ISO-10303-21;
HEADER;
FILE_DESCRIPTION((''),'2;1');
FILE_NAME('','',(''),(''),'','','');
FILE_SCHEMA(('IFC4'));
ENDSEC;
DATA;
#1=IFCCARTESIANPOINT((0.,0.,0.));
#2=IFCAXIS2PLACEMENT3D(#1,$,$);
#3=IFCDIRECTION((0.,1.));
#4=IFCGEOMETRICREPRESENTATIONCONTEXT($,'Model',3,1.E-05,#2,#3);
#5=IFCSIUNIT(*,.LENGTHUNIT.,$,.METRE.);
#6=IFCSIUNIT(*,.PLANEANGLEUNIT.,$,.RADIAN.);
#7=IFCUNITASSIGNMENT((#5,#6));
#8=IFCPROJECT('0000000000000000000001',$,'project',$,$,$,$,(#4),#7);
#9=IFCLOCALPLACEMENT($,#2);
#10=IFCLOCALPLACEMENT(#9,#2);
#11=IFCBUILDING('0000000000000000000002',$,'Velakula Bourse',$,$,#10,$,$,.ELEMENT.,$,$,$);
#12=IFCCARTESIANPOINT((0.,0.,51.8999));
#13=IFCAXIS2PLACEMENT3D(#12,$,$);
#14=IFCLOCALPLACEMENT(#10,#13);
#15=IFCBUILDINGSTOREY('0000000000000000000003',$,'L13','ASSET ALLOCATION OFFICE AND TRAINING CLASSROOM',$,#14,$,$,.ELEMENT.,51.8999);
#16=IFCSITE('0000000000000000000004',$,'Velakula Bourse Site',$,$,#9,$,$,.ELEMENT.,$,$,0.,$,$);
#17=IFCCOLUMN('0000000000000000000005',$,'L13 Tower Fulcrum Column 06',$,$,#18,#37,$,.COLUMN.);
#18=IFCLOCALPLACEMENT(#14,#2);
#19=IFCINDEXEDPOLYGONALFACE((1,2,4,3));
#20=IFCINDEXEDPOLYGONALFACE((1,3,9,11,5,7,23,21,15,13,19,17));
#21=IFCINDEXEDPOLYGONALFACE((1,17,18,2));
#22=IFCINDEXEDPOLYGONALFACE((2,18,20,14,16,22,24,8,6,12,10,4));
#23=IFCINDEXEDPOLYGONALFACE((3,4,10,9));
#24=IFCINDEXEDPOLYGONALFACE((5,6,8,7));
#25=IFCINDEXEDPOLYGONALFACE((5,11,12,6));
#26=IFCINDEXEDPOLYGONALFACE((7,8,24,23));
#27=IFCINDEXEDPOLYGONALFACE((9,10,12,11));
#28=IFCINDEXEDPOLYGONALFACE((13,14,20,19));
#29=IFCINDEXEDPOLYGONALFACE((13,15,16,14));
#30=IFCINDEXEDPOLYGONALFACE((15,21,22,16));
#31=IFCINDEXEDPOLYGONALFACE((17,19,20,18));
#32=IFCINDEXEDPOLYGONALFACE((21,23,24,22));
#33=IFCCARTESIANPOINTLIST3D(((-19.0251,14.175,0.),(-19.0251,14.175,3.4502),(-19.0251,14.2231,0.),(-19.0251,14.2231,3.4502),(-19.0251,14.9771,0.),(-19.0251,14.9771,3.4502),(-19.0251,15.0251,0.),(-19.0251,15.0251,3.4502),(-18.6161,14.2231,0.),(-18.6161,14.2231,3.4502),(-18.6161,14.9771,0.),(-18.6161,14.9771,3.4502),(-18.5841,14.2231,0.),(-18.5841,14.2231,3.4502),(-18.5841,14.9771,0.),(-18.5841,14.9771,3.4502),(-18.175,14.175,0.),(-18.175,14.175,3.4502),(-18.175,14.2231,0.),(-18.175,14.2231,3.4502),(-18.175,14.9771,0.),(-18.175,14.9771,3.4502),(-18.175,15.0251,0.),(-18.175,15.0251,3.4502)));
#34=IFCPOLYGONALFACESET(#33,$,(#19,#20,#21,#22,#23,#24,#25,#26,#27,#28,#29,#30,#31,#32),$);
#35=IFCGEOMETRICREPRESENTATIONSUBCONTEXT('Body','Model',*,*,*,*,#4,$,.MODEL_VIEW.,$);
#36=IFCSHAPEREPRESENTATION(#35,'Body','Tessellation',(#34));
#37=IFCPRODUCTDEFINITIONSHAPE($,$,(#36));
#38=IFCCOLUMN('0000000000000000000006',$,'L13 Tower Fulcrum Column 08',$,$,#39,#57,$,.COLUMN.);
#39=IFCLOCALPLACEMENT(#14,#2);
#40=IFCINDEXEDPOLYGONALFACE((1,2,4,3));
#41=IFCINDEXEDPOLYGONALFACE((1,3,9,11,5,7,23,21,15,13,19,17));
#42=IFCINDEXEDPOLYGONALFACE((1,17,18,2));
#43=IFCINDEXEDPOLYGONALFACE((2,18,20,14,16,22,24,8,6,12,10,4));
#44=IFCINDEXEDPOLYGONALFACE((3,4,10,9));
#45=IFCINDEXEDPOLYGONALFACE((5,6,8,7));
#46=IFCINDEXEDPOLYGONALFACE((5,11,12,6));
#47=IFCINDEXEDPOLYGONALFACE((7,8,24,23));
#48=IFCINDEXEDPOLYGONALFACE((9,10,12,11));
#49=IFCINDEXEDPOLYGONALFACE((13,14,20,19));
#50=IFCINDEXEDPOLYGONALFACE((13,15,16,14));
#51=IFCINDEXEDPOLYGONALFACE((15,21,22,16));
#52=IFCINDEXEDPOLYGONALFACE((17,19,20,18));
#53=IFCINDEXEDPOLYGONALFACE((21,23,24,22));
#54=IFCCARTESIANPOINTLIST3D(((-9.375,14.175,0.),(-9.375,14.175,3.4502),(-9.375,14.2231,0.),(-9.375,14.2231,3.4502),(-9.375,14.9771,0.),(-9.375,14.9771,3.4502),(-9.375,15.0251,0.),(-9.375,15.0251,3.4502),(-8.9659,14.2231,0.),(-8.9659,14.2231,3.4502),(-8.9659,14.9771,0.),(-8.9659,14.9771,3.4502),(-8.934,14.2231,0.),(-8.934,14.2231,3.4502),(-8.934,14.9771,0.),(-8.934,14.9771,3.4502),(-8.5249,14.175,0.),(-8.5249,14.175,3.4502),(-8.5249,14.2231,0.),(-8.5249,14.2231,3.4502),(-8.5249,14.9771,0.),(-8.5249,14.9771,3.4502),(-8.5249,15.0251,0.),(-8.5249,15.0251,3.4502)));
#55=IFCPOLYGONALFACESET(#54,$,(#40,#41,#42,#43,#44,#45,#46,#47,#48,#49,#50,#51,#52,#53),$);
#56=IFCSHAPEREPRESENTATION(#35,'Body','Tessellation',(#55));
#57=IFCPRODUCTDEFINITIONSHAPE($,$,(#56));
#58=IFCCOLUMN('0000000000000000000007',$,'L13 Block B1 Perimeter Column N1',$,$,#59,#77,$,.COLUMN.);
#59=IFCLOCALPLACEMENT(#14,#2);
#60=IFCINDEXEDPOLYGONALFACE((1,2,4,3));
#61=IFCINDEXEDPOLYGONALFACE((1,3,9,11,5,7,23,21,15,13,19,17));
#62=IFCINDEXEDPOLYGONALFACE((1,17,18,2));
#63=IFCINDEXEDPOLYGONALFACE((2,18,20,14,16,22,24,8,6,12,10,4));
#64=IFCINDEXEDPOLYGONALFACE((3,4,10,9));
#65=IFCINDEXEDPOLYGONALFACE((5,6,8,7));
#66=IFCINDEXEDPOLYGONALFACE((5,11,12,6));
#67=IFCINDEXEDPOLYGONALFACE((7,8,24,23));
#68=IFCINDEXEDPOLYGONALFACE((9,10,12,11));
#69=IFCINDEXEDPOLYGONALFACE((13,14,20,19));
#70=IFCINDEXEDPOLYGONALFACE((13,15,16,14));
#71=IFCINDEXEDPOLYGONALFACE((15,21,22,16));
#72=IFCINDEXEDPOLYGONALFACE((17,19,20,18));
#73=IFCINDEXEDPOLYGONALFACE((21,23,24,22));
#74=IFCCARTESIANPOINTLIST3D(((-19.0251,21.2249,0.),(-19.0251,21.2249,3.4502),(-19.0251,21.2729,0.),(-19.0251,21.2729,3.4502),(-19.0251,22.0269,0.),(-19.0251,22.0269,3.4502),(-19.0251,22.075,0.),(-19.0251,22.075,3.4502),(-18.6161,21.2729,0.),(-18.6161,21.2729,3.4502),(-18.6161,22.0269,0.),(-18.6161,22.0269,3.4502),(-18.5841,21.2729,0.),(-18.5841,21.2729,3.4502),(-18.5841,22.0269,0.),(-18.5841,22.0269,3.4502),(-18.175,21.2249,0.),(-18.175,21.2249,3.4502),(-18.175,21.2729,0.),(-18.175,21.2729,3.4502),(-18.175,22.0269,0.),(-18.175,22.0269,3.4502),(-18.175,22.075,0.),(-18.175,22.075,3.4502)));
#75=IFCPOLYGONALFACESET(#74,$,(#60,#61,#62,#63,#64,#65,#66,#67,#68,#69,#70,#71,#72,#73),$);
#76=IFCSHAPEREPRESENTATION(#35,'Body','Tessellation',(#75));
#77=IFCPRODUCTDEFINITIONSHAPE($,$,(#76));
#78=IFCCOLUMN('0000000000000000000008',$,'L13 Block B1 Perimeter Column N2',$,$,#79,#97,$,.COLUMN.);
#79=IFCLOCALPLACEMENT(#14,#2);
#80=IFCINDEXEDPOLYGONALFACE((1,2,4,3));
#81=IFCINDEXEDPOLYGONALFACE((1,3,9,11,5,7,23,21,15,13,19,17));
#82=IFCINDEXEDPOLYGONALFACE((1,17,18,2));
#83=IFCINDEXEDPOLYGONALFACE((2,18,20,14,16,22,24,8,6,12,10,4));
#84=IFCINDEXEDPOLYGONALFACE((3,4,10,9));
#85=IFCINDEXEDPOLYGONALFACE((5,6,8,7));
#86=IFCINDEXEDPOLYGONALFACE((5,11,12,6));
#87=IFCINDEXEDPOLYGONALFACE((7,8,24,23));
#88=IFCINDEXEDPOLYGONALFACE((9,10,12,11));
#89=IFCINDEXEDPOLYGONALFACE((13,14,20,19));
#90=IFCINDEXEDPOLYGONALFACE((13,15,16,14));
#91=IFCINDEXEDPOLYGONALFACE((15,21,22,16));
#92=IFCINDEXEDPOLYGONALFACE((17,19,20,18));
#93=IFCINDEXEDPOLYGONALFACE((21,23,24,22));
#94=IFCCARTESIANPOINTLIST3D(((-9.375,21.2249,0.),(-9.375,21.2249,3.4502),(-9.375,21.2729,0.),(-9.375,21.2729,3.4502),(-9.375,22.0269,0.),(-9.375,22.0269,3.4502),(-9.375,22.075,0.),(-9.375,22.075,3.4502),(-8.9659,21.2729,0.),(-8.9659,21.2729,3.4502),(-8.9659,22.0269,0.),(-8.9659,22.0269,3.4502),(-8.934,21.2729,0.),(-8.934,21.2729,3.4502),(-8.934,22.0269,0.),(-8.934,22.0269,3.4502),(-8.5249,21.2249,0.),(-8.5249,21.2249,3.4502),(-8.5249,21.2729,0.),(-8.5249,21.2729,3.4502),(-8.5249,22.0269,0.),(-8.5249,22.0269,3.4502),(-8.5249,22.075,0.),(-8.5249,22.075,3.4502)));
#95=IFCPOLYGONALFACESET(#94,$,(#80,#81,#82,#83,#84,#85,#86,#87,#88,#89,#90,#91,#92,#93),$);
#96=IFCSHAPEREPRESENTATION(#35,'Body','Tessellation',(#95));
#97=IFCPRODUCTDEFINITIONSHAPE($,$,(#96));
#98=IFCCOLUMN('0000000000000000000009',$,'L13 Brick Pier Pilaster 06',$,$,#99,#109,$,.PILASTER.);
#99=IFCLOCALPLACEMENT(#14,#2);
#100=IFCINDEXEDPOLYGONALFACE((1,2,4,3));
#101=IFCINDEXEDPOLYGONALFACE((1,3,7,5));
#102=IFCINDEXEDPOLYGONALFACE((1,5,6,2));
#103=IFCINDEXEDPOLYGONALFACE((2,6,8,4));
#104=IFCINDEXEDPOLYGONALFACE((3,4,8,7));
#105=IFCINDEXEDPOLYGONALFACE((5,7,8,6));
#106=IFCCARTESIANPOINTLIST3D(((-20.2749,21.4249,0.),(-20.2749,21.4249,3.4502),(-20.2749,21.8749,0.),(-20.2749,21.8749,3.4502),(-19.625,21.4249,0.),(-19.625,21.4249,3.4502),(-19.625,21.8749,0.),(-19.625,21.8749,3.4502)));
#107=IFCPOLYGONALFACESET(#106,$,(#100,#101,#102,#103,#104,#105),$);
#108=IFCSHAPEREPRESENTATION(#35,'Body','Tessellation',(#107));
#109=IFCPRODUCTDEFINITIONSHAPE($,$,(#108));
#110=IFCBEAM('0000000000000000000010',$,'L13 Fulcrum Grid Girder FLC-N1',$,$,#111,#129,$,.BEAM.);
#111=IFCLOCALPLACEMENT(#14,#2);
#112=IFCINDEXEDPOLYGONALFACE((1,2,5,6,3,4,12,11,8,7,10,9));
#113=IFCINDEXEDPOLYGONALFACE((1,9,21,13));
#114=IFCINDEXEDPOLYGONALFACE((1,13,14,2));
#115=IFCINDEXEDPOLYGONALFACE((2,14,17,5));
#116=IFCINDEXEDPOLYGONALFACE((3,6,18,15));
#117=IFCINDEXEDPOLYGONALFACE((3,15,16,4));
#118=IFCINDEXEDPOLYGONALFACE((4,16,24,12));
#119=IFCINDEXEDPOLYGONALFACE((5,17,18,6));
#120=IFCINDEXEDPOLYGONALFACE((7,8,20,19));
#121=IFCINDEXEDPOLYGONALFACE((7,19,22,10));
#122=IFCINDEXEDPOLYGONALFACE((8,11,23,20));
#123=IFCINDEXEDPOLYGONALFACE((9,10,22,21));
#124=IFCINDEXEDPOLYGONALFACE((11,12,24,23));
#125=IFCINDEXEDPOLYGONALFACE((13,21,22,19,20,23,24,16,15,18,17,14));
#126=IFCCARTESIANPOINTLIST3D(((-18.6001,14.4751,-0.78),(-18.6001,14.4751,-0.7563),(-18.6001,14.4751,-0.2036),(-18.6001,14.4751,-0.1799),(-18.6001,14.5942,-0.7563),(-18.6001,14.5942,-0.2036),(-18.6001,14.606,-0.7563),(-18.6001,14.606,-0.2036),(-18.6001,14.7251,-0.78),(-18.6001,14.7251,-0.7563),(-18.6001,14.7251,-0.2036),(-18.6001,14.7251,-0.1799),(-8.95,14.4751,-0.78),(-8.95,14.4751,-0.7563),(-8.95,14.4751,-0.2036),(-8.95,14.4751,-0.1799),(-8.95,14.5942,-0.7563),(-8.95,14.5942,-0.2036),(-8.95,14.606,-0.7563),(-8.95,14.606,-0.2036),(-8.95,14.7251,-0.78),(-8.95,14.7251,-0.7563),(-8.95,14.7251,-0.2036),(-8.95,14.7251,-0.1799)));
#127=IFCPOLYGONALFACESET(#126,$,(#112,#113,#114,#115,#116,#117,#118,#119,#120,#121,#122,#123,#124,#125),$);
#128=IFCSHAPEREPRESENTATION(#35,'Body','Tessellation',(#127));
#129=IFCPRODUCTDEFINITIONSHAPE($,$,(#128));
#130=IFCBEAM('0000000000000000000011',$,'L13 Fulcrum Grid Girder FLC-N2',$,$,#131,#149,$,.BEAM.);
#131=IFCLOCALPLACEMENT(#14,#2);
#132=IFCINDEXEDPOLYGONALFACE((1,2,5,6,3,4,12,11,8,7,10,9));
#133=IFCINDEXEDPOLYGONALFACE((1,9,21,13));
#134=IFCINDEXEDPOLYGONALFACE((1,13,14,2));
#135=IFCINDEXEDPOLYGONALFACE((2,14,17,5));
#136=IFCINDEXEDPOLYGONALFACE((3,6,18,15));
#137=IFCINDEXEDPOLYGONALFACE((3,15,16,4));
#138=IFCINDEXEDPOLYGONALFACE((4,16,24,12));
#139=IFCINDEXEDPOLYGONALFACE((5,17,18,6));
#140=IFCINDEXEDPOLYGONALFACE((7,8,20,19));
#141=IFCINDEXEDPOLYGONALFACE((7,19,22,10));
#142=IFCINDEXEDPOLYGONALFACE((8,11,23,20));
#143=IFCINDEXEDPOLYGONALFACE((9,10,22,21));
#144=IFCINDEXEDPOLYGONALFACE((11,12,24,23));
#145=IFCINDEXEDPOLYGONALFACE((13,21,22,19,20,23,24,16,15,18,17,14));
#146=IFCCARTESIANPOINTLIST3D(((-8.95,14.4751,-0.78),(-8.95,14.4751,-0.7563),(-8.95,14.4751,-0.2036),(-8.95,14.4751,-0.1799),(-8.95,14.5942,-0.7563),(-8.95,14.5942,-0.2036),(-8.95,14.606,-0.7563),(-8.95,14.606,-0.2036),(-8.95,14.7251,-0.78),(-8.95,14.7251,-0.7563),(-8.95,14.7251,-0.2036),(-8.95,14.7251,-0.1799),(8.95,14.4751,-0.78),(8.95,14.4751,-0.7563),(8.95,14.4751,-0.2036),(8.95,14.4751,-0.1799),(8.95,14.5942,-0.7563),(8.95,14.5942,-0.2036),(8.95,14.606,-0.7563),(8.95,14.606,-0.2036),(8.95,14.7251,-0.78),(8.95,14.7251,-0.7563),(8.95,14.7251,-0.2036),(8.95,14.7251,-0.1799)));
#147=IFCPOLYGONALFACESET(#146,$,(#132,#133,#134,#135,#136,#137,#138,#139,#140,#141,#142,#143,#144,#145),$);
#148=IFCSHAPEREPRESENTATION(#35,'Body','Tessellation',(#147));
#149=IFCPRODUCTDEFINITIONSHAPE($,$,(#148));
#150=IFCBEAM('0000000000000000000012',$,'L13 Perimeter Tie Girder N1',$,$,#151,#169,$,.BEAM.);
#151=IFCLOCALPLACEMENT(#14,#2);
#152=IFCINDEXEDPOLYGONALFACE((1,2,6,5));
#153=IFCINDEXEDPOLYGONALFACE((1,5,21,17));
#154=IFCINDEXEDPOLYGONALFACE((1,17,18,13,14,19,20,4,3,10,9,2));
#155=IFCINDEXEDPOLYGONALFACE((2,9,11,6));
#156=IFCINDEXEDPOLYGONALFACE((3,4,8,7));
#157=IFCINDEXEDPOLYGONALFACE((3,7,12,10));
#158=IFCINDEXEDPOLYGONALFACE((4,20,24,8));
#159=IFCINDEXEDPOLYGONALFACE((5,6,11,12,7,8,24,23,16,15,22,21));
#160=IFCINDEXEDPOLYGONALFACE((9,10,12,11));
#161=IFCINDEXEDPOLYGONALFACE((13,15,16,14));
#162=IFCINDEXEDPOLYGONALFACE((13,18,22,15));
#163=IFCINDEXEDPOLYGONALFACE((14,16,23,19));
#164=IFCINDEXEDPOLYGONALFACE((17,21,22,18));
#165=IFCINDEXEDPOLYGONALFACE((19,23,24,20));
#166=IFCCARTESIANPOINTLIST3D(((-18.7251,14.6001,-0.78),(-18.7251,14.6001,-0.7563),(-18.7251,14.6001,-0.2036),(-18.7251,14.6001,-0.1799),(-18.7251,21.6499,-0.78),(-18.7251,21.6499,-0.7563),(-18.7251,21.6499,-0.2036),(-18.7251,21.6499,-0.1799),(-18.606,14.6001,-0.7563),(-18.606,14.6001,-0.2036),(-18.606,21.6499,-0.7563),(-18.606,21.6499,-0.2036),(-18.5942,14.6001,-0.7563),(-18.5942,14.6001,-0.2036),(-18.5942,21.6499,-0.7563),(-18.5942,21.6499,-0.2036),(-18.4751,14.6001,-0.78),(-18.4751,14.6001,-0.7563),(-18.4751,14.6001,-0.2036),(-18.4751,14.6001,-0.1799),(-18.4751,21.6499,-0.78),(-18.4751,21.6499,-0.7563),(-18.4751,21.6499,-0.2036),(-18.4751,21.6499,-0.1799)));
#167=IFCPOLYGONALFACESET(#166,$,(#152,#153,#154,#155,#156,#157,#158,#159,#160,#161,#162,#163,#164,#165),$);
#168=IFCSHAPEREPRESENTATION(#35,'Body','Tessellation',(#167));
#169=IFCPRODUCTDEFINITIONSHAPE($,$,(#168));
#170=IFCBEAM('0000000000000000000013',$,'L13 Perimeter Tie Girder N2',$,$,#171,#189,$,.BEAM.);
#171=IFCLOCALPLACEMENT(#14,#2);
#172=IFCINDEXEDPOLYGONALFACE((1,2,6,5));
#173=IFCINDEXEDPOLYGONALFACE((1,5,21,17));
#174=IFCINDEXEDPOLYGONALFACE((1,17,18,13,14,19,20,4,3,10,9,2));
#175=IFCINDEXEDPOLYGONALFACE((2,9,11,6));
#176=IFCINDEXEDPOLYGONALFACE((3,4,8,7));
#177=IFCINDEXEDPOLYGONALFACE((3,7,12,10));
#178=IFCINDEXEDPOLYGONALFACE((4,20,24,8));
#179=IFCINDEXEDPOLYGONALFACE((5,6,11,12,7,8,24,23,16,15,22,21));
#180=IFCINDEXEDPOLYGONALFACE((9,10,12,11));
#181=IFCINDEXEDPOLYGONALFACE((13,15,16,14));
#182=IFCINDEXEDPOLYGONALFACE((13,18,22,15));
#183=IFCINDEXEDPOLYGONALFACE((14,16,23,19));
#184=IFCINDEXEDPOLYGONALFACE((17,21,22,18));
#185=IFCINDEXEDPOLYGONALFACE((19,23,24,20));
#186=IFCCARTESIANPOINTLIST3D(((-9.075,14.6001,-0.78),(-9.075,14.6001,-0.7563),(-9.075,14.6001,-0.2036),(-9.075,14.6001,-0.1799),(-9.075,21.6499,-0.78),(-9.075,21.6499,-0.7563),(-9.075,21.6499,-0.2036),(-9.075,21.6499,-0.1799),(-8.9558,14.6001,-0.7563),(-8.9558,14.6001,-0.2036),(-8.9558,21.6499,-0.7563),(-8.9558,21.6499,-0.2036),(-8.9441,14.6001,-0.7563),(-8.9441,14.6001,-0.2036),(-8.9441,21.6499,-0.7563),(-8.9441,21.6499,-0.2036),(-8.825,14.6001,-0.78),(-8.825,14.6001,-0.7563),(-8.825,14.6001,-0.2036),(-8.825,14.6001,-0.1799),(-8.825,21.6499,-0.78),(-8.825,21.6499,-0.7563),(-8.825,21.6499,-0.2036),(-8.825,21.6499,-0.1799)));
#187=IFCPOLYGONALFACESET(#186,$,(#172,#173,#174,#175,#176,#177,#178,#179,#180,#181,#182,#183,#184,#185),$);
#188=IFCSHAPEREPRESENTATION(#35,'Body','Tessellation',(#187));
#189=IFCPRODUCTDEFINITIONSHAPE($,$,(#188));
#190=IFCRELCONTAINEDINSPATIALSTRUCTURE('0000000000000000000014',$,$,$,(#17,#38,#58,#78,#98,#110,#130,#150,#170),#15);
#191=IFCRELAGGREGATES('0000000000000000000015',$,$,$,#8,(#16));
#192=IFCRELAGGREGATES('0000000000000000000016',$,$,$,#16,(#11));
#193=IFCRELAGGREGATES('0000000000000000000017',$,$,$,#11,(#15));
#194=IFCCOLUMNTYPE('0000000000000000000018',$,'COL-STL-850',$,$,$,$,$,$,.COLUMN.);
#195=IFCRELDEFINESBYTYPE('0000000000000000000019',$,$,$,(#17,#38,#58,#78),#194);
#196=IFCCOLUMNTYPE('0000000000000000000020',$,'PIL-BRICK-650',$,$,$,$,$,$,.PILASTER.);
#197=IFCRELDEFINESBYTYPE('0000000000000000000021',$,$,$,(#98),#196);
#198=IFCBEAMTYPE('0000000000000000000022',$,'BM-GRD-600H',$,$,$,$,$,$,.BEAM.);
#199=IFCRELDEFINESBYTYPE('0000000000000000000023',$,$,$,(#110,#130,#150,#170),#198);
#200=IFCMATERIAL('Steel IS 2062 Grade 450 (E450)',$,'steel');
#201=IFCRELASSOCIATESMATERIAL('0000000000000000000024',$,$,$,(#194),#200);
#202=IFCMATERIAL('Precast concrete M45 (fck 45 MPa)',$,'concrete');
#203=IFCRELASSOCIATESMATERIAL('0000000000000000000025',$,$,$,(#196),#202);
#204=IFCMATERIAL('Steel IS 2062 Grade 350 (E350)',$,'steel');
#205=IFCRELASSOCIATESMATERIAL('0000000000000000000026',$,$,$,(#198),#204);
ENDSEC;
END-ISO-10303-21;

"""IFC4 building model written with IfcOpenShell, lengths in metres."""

from ifc_helpers import new_model, si_unit, direction, frame, origin, origin_2d, place, context, subcontext, project, spatial, rectangle, i_section, extrude, material, material_profile, profile_set, type_object, element, save


model = new_model("IFC4")

# Units and contexts
model_context = context("Model", 3, precision=1e-05, world=origin(), true_north=direction((0.0, 1.0)))
body_context = subcontext(model_context, "Body", "Model", "MODEL_VIEW")
ifc_project = project(units=[si_unit("LENGTHUNIT", "METRE"), si_unit("PLANEANGLEUNIT", "RADIAN")], contexts=[model_context])

# Site, building, storey
site_placement = place(None, origin())
site = spatial("IfcSite", under=ifc_project, at=site_placement, Name="Velakula Bourse Site", CompositionType="ELEMENT", RefElevation=0.0)
building_placement = place(site_placement, origin())
building = spatial("IfcBuilding", under=site, at=building_placement, Name="Velakula Bourse", CompositionType="ELEMENT")
storey_placement = place(building_placement, frame((0.0, 0.0, 51.8999)))
storey = spatial("IfcBuildingStorey", under=building, at=storey_placement, Name="L13", Description="ASSET ALLOCATION OFFICE AND TRAINING CLASSROOM", CompositionType="ELEMENT", Elevation=51.8999)

# Columns
ifc_material_1 = material(Name="Steel IS 2062 Grade 450 (E450)", Category="steel")
ifc_material_profile_1 = material_profile(ifc_material_1, i_section(OverallWidth=0.8501, OverallDepth=0.8501, WebThickness=0.032, FlangeThickness=0.0481, at=origin_2d()), Name="Steel IS 2062 Grade 450 (E450)")
ifc_profile_set_1 = profile_set([ifc_material_profile_1], Name="Steel IS 2062 Grade 450 (E450)")
column_type_1 = type_object("IfcColumnType", Name="COL-STL-850", PredefinedType="COLUMN", material=ifc_profile_set_1)
for number, where, z_axis, x_axis, name in (
    (1, (-18.6001, 14.6001, 0.0), (0.0, 0.0, 1.0), (1.0, 0.0, 0.0), "L13 Tower Fulcrum Column 06"),
    (2, (-8.95, 14.6001, 0.0), (0.0, 0.0, 1.0), (1.0, 0.0, 0.0), "L13 Tower Fulcrum Column 08"),
    (3, (-18.6001, 21.6499, 0.0), (0.0, 0.0, 1.0), (1.0, 0.0, 0.0), "L13 Block B1 Perimeter Column N1"),
    (4, (-8.95, 21.6499, 0.0), (0.0, 0.0, 1.0), (1.0, 0.0, 0.0), "L13 Block B1 Perimeter Column N2"),
):
    element("IfcColumn", number, at=place(storey_placement, frame(where, z_axis=z_axis, x_axis=x_axis)), inside=storey, type_object=column_type_1, Name=name, PredefinedType="COLUMN", context=body_context, shape_type="SweptSolid", body=[
        extrude(i_section(OverallWidth=0.8501, OverallDepth=0.8501, WebThickness=0.032, FlangeThickness=0.0481, at=origin_2d()), origin(), (0.0, 0.0, 1.0), 3.4502),
    ])
ifc_material_2 = material(Name="Precast concrete M45 (fck 45 MPa)", Category="concrete")
ifc_material_profile_2 = material_profile(ifc_material_2, rectangle(XDim=0.6499, YDim=0.45, at=origin_2d()), Name="Precast concrete M45 (fck 45 MPa)")
ifc_profile_set_2 = profile_set([ifc_material_profile_2], Name="Precast concrete M45 (fck 45 MPa)")
column_type_2 = type_object("IfcColumnType", Name="PIL-BRICK-650", PredefinedType="PILASTER", material=ifc_profile_set_2)
column_placement = place(storey_placement, frame((-19.95, 21.6499, 0.0), z_axis=(0.0, 0.0, 1.0), x_axis=(1.0, 0.0, 0.0)))
element("IfcColumn", 5, at=column_placement, inside=storey, type_object=column_type_2, Name="L13 Brick Pier Pilaster 06", PredefinedType="PILASTER", context=body_context, shape_type="SweptSolid", body=[
    extrude(rectangle(XDim=0.6499, YDim=0.45, at=origin_2d()), origin(), (0.0, 0.0, 1.0), 3.4502),
])

# Beams
ifc_material_3 = material(Name="Steel IS 2062 Grade 350 (E350)", Category="steel")
ifc_material_profile_3 = material_profile(ifc_material_3, i_section(OverallWidth=0.25, OverallDepth=0.6001, WebThickness=0.0117, FlangeThickness=0.0237, at=origin_2d()), Name="Steel IS 2062 Grade 350 (E350)")
ifc_profile_set_3 = profile_set([ifc_material_profile_3], Name="Steel IS 2062 Grade 350 (E350)")
beam_type_1 = type_object("IfcBeamType", Name="BM-GRD-600H", PredefinedType="BEAM", material=ifc_profile_set_3)
beam_1_placement = place(storey_placement, frame((-18.6001, 14.6001, -0.48), z_axis=(1.0, 0.0, 0.0), x_axis=(0.0, 1.0, 0.0)))
element("IfcBeam", 6, at=beam_1_placement, inside=storey, type_object=beam_type_1, Name="L13 Fulcrum Grid Girder FLC-N1", PredefinedType="BEAM", context=body_context, shape_type="SweptSolid", body=[
    extrude(i_section(OverallWidth=0.25, OverallDepth=0.6001, WebThickness=0.0117, FlangeThickness=0.0237, at=origin_2d()), origin(), (0.0, 0.0, 1.0), 9.6501),
])
beam_2_placement = place(storey_placement, frame((-8.95, 14.6001, -0.48), z_axis=(1.0, 0.0, 0.0), x_axis=(0.0, 1.0, 0.0)))
element("IfcBeam", 7, at=beam_2_placement, inside=storey, type_object=beam_type_1, Name="L13 Fulcrum Grid Girder FLC-N2", PredefinedType="BEAM", context=body_context, shape_type="SweptSolid", body=[
    extrude(i_section(OverallWidth=0.25, OverallDepth=0.6001, WebThickness=0.0117, FlangeThickness=0.0237, at=origin_2d()), origin(), (0.0, 0.0, 1.0), 17.8999),
])
for number, where, z_axis, x_axis, name in (
    (8, (-18.6001, 14.6001, -0.48), (0.0, 1.0, 0.0), (-1.0, 0.0, 0.0), "L13 Perimeter Tie Girder N1"),
    (9, (-8.95, 14.6001, -0.48), (0.0, 1.0, 0.0), (-1.0, 0.0, 0.0), "L13 Perimeter Tie Girder N2"),
):
    element("IfcBeam", number, at=place(storey_placement, frame(where, z_axis=z_axis, x_axis=x_axis)), inside=storey, type_object=beam_type_1, Name=name, PredefinedType="BEAM", context=body_context, shape_type="SweptSolid", body=[
        extrude(i_section(OverallWidth=0.25, OverallDepth=0.6001, WebThickness=0.0117, FlangeThickness=0.0237, at=origin_2d()), origin(), (0.0, 0.0, 1.0), 7.0498),
    ])

save(model, "model.ifc")
